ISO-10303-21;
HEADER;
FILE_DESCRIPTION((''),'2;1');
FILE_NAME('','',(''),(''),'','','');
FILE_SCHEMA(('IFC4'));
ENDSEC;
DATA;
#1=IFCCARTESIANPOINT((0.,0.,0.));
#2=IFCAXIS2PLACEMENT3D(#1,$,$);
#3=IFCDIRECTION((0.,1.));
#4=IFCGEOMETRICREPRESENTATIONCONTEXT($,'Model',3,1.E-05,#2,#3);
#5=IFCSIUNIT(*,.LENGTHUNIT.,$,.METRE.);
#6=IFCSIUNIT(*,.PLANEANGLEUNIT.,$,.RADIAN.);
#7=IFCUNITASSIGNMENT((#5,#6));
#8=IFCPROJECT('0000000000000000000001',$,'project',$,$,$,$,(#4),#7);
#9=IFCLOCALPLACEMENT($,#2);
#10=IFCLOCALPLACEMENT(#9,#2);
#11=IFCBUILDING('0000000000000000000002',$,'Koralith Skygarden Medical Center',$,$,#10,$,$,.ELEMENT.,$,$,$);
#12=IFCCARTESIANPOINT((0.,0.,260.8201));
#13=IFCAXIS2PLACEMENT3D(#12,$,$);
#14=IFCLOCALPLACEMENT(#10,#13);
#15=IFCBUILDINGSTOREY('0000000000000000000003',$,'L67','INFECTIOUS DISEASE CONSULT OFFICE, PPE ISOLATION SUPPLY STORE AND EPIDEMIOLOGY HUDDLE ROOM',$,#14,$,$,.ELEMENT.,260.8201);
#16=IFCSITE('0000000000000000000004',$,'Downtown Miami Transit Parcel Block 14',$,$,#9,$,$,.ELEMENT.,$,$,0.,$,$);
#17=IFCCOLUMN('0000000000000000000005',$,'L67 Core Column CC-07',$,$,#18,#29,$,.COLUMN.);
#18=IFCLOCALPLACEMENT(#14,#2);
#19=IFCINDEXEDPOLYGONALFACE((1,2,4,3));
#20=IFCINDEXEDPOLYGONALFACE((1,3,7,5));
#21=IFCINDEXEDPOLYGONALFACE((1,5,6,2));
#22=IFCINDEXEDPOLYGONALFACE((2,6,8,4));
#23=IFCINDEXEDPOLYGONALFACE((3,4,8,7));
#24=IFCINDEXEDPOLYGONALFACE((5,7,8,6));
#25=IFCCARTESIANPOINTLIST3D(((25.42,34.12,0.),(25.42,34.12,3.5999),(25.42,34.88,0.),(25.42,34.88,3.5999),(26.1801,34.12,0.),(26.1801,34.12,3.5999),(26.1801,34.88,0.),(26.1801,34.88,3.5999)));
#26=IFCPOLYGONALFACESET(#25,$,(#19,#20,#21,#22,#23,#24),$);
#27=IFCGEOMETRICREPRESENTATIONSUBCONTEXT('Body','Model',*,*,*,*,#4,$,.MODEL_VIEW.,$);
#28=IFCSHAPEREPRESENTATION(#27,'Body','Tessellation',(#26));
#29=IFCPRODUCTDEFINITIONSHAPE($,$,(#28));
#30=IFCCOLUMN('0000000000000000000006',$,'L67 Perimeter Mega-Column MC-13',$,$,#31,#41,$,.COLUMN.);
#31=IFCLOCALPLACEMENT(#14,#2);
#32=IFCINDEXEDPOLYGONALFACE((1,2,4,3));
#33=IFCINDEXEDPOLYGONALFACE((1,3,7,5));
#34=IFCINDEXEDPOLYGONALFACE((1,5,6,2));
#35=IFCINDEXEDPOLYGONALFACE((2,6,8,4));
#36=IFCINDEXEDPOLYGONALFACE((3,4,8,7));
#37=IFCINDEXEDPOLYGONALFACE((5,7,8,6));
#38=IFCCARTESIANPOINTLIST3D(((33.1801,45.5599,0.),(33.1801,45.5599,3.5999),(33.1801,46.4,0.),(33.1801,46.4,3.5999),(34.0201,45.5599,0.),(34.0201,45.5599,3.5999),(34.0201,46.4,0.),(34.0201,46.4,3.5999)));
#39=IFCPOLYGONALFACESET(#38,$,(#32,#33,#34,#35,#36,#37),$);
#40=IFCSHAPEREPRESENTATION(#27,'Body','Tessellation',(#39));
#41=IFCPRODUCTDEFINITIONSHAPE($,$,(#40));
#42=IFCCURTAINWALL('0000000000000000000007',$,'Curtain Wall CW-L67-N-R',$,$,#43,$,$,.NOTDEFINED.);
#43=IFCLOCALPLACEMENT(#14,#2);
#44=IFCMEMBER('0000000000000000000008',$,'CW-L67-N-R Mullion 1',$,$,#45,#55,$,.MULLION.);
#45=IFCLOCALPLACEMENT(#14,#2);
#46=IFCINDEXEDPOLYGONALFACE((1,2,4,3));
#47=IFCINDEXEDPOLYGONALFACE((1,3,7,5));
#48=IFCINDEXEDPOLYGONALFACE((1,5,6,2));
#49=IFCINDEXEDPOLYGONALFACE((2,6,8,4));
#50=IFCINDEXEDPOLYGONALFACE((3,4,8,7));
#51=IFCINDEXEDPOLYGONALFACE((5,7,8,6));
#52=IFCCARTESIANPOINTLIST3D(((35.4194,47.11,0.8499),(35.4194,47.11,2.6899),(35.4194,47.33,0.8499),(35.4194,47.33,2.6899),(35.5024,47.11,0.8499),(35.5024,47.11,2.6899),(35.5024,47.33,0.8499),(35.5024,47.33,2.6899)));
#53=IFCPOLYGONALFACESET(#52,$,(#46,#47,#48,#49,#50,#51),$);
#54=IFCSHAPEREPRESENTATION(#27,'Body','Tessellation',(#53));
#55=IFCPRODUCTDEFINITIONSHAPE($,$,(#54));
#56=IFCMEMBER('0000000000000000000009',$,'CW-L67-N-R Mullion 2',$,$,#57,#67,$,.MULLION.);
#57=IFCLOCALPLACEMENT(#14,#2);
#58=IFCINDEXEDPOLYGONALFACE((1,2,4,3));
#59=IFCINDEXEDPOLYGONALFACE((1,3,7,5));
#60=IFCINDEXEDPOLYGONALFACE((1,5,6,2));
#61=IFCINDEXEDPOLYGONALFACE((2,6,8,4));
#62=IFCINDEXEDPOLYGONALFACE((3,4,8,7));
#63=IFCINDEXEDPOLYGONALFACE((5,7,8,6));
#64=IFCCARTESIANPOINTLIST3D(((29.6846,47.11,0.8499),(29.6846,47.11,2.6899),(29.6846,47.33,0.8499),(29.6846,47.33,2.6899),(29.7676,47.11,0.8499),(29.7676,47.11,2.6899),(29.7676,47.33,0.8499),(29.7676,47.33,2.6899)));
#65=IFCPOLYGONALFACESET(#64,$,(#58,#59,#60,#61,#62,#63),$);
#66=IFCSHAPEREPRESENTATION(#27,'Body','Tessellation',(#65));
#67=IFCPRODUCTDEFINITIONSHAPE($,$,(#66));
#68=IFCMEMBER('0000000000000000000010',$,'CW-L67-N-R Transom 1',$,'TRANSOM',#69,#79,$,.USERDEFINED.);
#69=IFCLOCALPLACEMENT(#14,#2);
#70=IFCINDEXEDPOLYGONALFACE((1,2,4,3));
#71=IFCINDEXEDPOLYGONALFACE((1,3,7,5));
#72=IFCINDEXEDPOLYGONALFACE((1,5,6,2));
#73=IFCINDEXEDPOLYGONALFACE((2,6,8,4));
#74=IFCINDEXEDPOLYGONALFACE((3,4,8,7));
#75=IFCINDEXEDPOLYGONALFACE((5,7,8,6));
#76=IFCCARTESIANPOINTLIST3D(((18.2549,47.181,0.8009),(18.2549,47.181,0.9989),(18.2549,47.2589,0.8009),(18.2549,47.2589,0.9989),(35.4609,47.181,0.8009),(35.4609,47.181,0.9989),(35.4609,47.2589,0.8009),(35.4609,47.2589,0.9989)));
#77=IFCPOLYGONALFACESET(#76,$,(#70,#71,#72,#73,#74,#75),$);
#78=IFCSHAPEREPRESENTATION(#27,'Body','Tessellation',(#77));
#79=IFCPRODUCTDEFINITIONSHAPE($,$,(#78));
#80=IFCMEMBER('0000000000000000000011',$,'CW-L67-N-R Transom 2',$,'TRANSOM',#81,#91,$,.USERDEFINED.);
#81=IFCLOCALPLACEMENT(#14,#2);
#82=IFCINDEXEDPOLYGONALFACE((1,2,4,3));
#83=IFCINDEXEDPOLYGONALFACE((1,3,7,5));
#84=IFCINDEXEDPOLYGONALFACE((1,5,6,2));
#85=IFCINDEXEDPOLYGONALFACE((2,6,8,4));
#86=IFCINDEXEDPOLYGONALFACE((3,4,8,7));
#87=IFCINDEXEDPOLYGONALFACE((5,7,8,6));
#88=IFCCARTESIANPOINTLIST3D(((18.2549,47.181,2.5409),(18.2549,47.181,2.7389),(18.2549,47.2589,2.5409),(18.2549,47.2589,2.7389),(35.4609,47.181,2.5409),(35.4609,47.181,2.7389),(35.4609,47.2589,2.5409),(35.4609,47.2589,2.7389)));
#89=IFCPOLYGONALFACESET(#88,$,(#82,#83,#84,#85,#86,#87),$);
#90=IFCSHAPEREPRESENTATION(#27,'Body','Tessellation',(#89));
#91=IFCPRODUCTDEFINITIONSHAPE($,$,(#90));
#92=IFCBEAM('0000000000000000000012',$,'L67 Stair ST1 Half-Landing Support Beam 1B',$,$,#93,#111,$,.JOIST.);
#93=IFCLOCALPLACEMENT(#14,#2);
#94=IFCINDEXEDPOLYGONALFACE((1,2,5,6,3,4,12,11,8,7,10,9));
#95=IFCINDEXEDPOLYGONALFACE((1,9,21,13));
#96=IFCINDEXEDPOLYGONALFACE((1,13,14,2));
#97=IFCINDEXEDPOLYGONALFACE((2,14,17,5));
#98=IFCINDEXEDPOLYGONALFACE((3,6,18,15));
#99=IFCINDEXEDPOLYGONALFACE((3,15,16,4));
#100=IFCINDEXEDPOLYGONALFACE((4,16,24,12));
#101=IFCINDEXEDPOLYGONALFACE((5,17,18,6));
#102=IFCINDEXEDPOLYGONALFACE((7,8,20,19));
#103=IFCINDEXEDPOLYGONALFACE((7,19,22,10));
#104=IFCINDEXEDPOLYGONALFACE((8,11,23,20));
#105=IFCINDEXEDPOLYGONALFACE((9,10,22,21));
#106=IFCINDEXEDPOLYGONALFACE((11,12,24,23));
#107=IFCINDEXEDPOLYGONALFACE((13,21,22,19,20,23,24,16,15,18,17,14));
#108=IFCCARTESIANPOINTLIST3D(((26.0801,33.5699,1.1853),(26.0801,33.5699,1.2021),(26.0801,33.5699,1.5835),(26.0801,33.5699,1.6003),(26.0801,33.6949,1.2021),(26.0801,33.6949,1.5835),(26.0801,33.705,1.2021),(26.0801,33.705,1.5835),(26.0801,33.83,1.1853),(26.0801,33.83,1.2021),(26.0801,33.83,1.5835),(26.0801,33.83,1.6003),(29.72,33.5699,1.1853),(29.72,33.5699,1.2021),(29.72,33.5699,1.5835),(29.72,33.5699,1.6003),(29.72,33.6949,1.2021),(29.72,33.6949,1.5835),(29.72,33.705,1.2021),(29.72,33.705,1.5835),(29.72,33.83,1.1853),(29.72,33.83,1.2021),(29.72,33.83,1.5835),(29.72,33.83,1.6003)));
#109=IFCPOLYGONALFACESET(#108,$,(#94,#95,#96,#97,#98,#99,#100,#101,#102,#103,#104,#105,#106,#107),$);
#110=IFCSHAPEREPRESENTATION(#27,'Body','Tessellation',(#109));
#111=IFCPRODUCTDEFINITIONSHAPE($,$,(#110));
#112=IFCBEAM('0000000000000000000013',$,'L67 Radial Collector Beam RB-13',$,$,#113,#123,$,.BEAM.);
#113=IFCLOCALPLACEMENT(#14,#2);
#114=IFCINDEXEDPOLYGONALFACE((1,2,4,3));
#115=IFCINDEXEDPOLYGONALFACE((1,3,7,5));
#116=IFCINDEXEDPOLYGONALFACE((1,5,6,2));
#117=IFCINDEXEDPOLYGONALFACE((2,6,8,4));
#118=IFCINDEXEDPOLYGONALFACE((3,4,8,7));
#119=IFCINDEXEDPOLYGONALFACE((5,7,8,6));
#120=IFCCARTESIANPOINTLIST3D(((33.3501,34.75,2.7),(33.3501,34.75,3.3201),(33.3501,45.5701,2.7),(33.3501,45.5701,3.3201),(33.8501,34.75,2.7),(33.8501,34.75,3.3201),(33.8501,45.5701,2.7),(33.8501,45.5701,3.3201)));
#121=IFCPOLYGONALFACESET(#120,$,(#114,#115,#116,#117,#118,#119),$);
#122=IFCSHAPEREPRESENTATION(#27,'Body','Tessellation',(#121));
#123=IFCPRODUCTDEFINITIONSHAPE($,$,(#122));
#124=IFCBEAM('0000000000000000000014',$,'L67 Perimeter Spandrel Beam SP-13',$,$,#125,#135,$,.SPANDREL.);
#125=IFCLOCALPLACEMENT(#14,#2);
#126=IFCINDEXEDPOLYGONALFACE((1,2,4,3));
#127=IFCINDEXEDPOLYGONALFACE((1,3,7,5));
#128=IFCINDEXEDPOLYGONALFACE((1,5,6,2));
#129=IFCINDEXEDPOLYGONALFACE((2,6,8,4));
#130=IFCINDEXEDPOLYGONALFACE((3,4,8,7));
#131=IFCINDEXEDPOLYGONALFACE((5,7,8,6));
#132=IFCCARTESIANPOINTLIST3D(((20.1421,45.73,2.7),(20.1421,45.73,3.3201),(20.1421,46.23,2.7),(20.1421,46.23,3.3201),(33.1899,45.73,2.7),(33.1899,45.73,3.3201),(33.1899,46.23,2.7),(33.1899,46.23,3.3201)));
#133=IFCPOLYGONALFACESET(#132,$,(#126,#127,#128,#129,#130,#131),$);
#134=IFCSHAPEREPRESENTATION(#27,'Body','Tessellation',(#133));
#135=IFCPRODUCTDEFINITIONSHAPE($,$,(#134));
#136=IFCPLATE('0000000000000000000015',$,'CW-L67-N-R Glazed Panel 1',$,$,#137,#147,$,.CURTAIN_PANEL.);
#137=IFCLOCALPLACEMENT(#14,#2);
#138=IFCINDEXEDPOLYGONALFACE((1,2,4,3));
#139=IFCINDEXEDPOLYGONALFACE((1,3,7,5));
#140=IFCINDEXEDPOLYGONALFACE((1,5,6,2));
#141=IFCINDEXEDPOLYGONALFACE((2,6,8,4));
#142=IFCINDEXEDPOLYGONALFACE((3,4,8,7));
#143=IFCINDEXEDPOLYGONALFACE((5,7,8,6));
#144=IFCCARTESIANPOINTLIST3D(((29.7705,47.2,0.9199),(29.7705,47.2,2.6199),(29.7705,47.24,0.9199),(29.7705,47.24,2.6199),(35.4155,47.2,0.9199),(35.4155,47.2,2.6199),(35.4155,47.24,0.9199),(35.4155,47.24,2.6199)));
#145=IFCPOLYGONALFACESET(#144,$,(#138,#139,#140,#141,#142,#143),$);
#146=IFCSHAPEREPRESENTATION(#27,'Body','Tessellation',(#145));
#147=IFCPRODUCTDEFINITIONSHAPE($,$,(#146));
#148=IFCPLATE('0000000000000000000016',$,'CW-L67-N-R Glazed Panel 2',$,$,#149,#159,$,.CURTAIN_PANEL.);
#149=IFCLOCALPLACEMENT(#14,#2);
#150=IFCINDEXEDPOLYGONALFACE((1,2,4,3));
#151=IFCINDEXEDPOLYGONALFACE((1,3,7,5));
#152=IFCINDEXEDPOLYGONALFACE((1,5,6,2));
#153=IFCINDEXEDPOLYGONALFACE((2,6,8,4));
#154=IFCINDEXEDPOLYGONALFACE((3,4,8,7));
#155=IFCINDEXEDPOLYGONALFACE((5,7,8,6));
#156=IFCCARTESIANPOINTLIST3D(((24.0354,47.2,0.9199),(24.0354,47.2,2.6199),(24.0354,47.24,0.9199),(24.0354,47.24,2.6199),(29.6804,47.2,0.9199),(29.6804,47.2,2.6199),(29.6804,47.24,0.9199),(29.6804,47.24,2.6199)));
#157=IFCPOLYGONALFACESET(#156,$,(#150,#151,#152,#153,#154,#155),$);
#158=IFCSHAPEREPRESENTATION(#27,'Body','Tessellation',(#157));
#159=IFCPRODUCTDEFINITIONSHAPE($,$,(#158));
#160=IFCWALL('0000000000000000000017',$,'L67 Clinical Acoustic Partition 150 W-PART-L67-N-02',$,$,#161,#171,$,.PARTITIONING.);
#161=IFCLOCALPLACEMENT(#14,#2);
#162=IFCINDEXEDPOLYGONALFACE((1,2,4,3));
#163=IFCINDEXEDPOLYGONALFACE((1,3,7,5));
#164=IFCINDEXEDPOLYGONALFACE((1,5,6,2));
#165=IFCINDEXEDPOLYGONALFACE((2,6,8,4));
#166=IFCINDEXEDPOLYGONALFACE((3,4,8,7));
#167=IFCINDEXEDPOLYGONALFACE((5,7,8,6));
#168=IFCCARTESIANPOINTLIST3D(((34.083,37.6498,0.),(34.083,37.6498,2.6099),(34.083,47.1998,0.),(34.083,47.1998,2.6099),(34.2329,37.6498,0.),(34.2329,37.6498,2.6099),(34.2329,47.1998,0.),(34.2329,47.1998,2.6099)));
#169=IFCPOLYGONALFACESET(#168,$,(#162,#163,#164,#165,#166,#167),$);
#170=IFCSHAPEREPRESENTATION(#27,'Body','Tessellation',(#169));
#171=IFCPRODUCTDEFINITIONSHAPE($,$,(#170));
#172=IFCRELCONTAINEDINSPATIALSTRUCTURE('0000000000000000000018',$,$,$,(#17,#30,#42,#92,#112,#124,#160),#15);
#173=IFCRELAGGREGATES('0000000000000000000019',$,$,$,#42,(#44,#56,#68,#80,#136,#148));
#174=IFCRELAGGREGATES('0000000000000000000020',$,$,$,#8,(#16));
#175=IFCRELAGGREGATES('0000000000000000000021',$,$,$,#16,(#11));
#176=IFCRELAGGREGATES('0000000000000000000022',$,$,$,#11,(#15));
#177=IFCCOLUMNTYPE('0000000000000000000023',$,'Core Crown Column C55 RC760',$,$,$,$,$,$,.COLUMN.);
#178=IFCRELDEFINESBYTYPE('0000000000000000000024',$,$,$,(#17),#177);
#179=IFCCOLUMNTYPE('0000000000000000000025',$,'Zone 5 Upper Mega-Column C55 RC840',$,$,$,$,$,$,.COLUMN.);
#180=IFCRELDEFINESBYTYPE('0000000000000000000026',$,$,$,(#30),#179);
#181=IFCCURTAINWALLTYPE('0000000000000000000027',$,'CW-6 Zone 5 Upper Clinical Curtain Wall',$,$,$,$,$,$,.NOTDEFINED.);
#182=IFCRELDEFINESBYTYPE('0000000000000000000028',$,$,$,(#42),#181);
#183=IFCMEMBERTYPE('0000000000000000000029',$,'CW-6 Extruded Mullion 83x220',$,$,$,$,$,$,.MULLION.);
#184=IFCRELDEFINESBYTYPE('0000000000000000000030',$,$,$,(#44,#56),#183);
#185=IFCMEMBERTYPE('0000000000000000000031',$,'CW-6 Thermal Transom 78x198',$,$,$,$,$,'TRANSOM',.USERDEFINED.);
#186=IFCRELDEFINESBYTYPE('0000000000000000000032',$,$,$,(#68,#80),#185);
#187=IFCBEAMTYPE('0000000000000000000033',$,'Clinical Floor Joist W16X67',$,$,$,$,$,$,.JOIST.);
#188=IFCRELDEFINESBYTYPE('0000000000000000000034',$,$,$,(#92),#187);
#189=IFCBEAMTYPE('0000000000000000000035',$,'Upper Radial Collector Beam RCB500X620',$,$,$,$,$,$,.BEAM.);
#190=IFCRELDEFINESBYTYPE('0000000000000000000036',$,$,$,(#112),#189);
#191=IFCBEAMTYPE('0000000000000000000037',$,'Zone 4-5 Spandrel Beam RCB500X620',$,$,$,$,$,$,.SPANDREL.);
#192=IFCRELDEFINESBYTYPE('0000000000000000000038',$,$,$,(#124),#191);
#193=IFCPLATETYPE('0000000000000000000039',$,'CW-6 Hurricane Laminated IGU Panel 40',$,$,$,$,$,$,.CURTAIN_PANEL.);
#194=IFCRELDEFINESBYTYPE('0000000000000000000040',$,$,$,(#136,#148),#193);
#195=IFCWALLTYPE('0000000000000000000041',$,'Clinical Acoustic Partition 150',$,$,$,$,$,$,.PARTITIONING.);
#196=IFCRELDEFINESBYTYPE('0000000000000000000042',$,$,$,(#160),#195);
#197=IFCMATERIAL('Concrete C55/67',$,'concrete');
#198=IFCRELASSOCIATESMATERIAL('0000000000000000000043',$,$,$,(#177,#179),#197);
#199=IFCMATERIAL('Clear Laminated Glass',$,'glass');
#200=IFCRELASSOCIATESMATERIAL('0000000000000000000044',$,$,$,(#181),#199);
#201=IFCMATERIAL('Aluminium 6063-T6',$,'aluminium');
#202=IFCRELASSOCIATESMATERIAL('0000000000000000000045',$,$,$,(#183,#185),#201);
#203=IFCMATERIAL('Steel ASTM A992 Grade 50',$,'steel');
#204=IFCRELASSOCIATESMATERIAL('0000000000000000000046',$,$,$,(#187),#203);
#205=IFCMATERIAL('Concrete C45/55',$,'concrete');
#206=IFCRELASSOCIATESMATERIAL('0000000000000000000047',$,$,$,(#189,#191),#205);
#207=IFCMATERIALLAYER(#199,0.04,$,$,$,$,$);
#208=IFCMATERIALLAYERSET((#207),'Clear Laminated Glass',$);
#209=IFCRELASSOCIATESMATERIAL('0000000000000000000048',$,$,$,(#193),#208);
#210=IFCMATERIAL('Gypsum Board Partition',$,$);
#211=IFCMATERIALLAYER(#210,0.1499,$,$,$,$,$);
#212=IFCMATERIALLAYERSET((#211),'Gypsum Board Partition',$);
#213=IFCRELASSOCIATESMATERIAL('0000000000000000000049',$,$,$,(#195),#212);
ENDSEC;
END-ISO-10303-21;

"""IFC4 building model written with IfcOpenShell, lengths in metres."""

from ifc_helpers import new_model, si_unit, direction, frame, frame_2d, origin, origin_2d, place, context, subcontext, project, spatial, rectangle, i_section, extrude, material, layer, layer_set, material_profile, profile_set, type_object, element, aggregate, save


model = new_model("IFC4")

# Units and contexts
model_context = context("Model", 3, precision=1e-05, world=origin(), true_north=direction((0.0, 1.0)))
body_context = subcontext(model_context, "Body", "Model", "MODEL_VIEW")
ifc_project = project(units=[si_unit("LENGTHUNIT", "METRE"), si_unit("PLANEANGLEUNIT", "RADIAN")], contexts=[model_context])

# Site, building, storey
site_placement = place(None, origin())
site = spatial("IfcSite", under=ifc_project, at=site_placement, Name="Downtown Miami Transit Parcel Block 14", CompositionType="ELEMENT", RefElevation=0.0)
building_placement = place(site_placement, origin())
building = spatial("IfcBuilding", under=site, at=building_placement, Name="Koralith Skygarden Medical Center", CompositionType="ELEMENT")
storey_placement = place(building_placement, frame((0.0, 0.0, 260.8201)))
storey = spatial("IfcBuildingStorey", under=building, at=storey_placement, Name="L67", Description="INFECTIOUS DISEASE CONSULT OFFICE, PPE ISOLATION SUPPLY STORE AND EPIDEMIOLOGY HUDDLE ROOM", CompositionType="ELEMENT", Elevation=260.8201)

# Columns
ifc_material_1 = material(Name="Concrete C55/67", Category="concrete")
ifc_material_profile_1 = material_profile(ifc_material_1, rectangle(XDim=0.76, YDim=0.76, at=origin_2d()), Name="RC760X760")
ifc_profile_set_1 = profile_set([ifc_material_profile_1], Name="Concrete C55/67")
column_type_1 = type_object("IfcColumnType", Name="Core Crown Column C55 RC760", PredefinedType="COLUMN", material=ifc_profile_set_1)
column_1_placement = place(storey_placement, frame((25.8, 34.5, 0.0), z_axis=(0.0, 0.0, 1.0), x_axis=(1.0, 0.0, 0.0)))
element("IfcColumn", 1, at=column_1_placement, inside=storey, type_object=column_type_1, Name="L67 Core Column CC-07", PredefinedType="COLUMN", context=body_context, shape_type="SweptSolid", body=[
    extrude(rectangle(XDim=0.76, YDim=0.76, at=origin_2d()), origin(), (0.0, 0.0, 1.0), 3.5999),
])
ifc_material_profile_2 = material_profile(ifc_material_1, rectangle(XDim=0.8401, YDim=0.8401, at=origin_2d()), Name="RC840X840")
ifc_profile_set_2 = profile_set([ifc_material_profile_2], Name="Concrete C55/67")
column_type_2 = type_object("IfcColumnType", Name="Zone 5 Upper Mega-Column C55 RC840", PredefinedType="COLUMN", material=ifc_profile_set_2)
column_2_placement = place(storey_placement, frame((33.6001, 45.98, 0.0), z_axis=(0.0, 0.0, 1.0), x_axis=(1.0, 0.0, 0.0)))
element("IfcColumn", 2, at=column_2_placement, inside=storey, type_object=column_type_2, Name="L67 Perimeter Mega-Column MC-13", PredefinedType="COLUMN", context=body_context, shape_type="SweptSolid", body=[
    extrude(rectangle(XDim=0.8401, YDim=0.8401, at=origin_2d()), origin(), (0.0, 0.0, 1.0), 3.5999),
])

# Curtain wall, members
ifc_material_2 = material(Name="Clear Laminated Glass", Category="glass")
curtain_wall_type = type_object("IfcCurtainWallType", Name="CW-6 Zone 5 Upper Clinical Curtain Wall", PredefinedType="NOTDEFINED", material=ifc_material_2)
curtain_wall_placement = place(storey_placement, origin())
curtain_wall = element("IfcCurtainWall", 3, at=curtain_wall_placement, inside=storey, type_object=curtain_wall_type, Name="Curtain Wall CW-L67-N-R", PredefinedType="NOTDEFINED")
ifc_material_3 = material(Name="Aluminium 6063-T6", Category="aluminium")
ifc_material_profile_3 = material_profile(ifc_material_3, rectangle(XDim=0.083, YDim=0.22, at=origin_2d()), Name="MUL83X220")
ifc_profile_set_3 = profile_set([ifc_material_profile_3], Name="Aluminium 6063-T6")
member_type_1 = type_object("IfcMemberType", Name="CW-6 Extruded Mullion 83x220", PredefinedType="MULLION", material=ifc_profile_set_3)
member_1_placement = place(storey_placement, frame((35.4609, 47.22, 0.8499), z_axis=(0.0, 0.0, 1.0), x_axis=(1.0, 0.0, 0.0)))
member_1 = element("IfcMember", 4, at=member_1_placement, type_object=member_type_1, Name="CW-L67-N-R Mullion 1", PredefinedType="MULLION", context=body_context, shape_type="SweptSolid", body=[
    extrude(rectangle(XDim=0.083, YDim=0.22, at=origin_2d()), origin(), (0.0, 0.0, 1.0), 1.8401),
])
member_2_placement = place(storey_placement, frame((29.7261, 47.22, 0.8499), z_axis=(0.0, 0.0, 1.0), x_axis=(1.0, 0.0, 0.0)))
member_2 = element("IfcMember", 5, at=member_2_placement, type_object=member_type_1, Name="CW-L67-N-R Mullion 2", PredefinedType="MULLION", context=body_context, shape_type="SweptSolid", body=[
    extrude(rectangle(XDim=0.083, YDim=0.22, at=origin_2d()), origin(), (0.0, 0.0, 1.0), 1.8401),
])
ifc_material_profile_4 = material_profile(ifc_material_3, rectangle(XDim=0.0779, YDim=0.198, at=origin_2d()), Name="TRN78X198")
ifc_profile_set_4 = profile_set([ifc_material_profile_4], Name="Aluminium 6063-T6")
member_type_2 = type_object("IfcMemberType", Name="CW-6 Thermal Transom 78x198", ElementType="TRANSOM", PredefinedType="USERDEFINED", material=ifc_profile_set_4)
member_3_placement = place(storey_placement, frame((35.4609, 47.22, 0.8999), z_axis=(-1.0, 0.0, 0.0), x_axis=(0.0, -1.0, 0.0)))
member_3 = element("IfcMember", 6, at=member_3_placement, type_object=member_type_2, Name="CW-L67-N-R Transom 1", ObjectType="TRANSOM", PredefinedType="USERDEFINED", context=body_context, shape_type="SweptSolid", body=[
    extrude(rectangle(XDim=0.0779, YDim=0.198, at=origin_2d()), origin(), (0.0, 0.0, 1.0), 17.2061),
])
member_4_placement = place(storey_placement, frame((35.4609, 47.22, 2.6399), z_axis=(-1.0, 0.0, 0.0), x_axis=(0.0, -1.0, 0.0)))
member_4 = element("IfcMember", 7, at=member_4_placement, type_object=member_type_2, Name="CW-L67-N-R Transom 2", ObjectType="TRANSOM", PredefinedType="USERDEFINED", context=body_context, shape_type="SweptSolid", body=[
    extrude(rectangle(XDim=0.0779, YDim=0.198, at=origin_2d()), origin(), (0.0, 0.0, 1.0), 17.2061),
])

# Beams
ifc_material_4 = material(Name="Steel ASTM A992 Grade 50", Category="steel")
ifc_material_profile_5 = material_profile(ifc_material_4, i_section(OverallWidth=0.26, OverallDepth=0.415, WebThickness=0.01, FlangeThickness=0.0168, at=origin_2d()), Name="W16X67")
ifc_profile_set_5 = profile_set([ifc_material_profile_5], Name="Steel ASTM A992 Grade 50")
beam_type_1 = type_object("IfcBeamType", Name="Clinical Floor Joist W16X67", PredefinedType="JOIST", material=ifc_profile_set_5)
beam_1_placement = place(storey_placement, frame((26.0801, 33.7, 1.3928), z_axis=(1.0, 0.0, 0.0), x_axis=(0.0, 1.0, 0.0)))
element("IfcBeam", 8, at=beam_1_placement, inside=storey, type_object=beam_type_1, Name="L67 Stair ST1 Half-Landing Support Beam 1B", PredefinedType="JOIST", context=body_context, shape_type="SweptSolid", body=[
    extrude(i_section(OverallWidth=0.26, OverallDepth=0.415, WebThickness=0.01, FlangeThickness=0.0168, at=origin_2d()), origin(), (0.0, 0.0, 1.0), 3.6399),
])
ifc_material_5 = material(Name="Concrete C45/55", Category="concrete")
ifc_material_profile_6 = material_profile(ifc_material_5, rectangle(XDim=0.5, YDim=0.6201, at=origin_2d()), Name="RCB500X620")
ifc_profile_set_6 = profile_set([ifc_material_profile_6], Name="Concrete C45/55")
beam_type_2 = type_object("IfcBeamType", Name="Upper Radial Collector Beam RCB500X620", PredefinedType="BEAM", material=ifc_profile_set_6)
beam_2_placement = place(storey_placement, frame((33.6001, 34.75, 3.01), z_axis=(0.0, 1.0, 0.0), x_axis=(-1.0, 0.0, 0.0)))
element("IfcBeam", 9, at=beam_2_placement, inside=storey, type_object=beam_type_2, Name="L67 Radial Collector Beam RB-13", PredefinedType="BEAM", context=body_context, shape_type="SweptSolid", body=[
    extrude(rectangle(XDim=0.5, YDim=0.6201, at=origin_2d()), origin(), (0.0, 0.0, 1.0), 10.8201),
])
ifc_material_profile_7 = material_profile(ifc_material_5, rectangle(XDim=0.5, YDim=0.6201, at=origin_2d()), Name="RCB500X620")
ifc_profile_set_7 = profile_set([ifc_material_profile_7], Name="Concrete C45/55")
beam_type_3 = type_object("IfcBeamType", Name="Zone 4-5 Spandrel Beam RCB500X620", PredefinedType="SPANDREL", material=ifc_profile_set_7)
beam_3_placement = place(storey_placement, frame((33.1899, 45.98, 3.01), z_axis=(-1.0, 0.0, 0.0), x_axis=(0.0, -1.0, 0.0)))
element("IfcBeam", 10, at=beam_3_placement, inside=storey, type_object=beam_type_3, Name="L67 Perimeter Spandrel Beam SP-13", PredefinedType="SPANDREL", context=body_context, shape_type="SweptSolid", body=[
    extrude(rectangle(XDim=0.5, YDim=0.6201, at=origin_2d()), origin(), (0.0, 0.0, 1.0), 13.0479),
])

# Plates
ifc_layer_1 = layer(ifc_material_2, 0.04)
ifc_layer_set_1 = layer_set([ifc_layer_1], Name="Clear Laminated Glass")
plate_type = type_object("IfcPlateType", Name="CW-6 Hurricane Laminated IGU Panel 40", PredefinedType="CURTAIN_PANEL", material=ifc_layer_set_1)
plate_1_placement = place(storey_placement, frame((32.593, 47.22, 0.9199), z_axis=(0.0, 0.0, 1.0), x_axis=(-1.0, 0.0, 0.0)))
plate_1 = element("IfcPlate", 11, at=plate_1_placement, type_object=plate_type, Name="CW-L67-N-R Glazed Panel 1", PredefinedType="CURTAIN_PANEL", context=body_context, shape_type="SweptSolid", body=[
    extrude(rectangle(XDim=5.645, YDim=0.04, at=origin_2d()), origin(), (0.0, 0.0, 1.0), 1.7),
])
plate_2_placement = place(storey_placement, frame((26.8579, 47.22, 0.9199), z_axis=(0.0, 0.0, 1.0), x_axis=(-1.0, 0.0, 0.0)))
plate_2 = element("IfcPlate", 12, at=plate_2_placement, type_object=plate_type, Name="CW-L67-N-R Glazed Panel 2", PredefinedType="CURTAIN_PANEL", context=body_context, shape_type="SweptSolid", body=[
    extrude(rectangle(XDim=5.645, YDim=0.04, at=origin_2d()), origin(), (0.0, 0.0, 1.0), 1.7),
])
aggregate(curtain_wall, [member_1, member_2, member_3, member_4, plate_1, plate_2])

# Wall
ifc_material_6 = material(Name="Gypsum Board Partition")
ifc_layer_2 = layer(ifc_material_6, 0.1499)
ifc_layer_set_2 = layer_set([ifc_layer_2], Name="Gypsum Board Partition")
wall_type_1 = type_object("IfcWallType", Name="Clinical Acoustic Partition 150", PredefinedType="PARTITIONING", material=ifc_layer_set_2)
wall_1_placement = place(storey_placement, frame((34.158, 37.6499, 0.0), z_axis=(0.0, 0.0, 1.0), x_axis=(0.0, 1.0, 0.0)))
element("IfcWall", 13, at=wall_1_placement, inside=storey, type_object=wall_type_1, Name="L67 Clinical Acoustic Partition 150 W-PART-L67-N-02", PredefinedType="PARTITIONING", context=body_context, shape_type="SweptSolid", body=[
    extrude(rectangle(XDim=9.55, YDim=0.1499, at=frame_2d((4.7749, 0.0))), origin(), (0.0, 0.0, 1.0), 2.6099),
])

save(model, "model.ifc")
